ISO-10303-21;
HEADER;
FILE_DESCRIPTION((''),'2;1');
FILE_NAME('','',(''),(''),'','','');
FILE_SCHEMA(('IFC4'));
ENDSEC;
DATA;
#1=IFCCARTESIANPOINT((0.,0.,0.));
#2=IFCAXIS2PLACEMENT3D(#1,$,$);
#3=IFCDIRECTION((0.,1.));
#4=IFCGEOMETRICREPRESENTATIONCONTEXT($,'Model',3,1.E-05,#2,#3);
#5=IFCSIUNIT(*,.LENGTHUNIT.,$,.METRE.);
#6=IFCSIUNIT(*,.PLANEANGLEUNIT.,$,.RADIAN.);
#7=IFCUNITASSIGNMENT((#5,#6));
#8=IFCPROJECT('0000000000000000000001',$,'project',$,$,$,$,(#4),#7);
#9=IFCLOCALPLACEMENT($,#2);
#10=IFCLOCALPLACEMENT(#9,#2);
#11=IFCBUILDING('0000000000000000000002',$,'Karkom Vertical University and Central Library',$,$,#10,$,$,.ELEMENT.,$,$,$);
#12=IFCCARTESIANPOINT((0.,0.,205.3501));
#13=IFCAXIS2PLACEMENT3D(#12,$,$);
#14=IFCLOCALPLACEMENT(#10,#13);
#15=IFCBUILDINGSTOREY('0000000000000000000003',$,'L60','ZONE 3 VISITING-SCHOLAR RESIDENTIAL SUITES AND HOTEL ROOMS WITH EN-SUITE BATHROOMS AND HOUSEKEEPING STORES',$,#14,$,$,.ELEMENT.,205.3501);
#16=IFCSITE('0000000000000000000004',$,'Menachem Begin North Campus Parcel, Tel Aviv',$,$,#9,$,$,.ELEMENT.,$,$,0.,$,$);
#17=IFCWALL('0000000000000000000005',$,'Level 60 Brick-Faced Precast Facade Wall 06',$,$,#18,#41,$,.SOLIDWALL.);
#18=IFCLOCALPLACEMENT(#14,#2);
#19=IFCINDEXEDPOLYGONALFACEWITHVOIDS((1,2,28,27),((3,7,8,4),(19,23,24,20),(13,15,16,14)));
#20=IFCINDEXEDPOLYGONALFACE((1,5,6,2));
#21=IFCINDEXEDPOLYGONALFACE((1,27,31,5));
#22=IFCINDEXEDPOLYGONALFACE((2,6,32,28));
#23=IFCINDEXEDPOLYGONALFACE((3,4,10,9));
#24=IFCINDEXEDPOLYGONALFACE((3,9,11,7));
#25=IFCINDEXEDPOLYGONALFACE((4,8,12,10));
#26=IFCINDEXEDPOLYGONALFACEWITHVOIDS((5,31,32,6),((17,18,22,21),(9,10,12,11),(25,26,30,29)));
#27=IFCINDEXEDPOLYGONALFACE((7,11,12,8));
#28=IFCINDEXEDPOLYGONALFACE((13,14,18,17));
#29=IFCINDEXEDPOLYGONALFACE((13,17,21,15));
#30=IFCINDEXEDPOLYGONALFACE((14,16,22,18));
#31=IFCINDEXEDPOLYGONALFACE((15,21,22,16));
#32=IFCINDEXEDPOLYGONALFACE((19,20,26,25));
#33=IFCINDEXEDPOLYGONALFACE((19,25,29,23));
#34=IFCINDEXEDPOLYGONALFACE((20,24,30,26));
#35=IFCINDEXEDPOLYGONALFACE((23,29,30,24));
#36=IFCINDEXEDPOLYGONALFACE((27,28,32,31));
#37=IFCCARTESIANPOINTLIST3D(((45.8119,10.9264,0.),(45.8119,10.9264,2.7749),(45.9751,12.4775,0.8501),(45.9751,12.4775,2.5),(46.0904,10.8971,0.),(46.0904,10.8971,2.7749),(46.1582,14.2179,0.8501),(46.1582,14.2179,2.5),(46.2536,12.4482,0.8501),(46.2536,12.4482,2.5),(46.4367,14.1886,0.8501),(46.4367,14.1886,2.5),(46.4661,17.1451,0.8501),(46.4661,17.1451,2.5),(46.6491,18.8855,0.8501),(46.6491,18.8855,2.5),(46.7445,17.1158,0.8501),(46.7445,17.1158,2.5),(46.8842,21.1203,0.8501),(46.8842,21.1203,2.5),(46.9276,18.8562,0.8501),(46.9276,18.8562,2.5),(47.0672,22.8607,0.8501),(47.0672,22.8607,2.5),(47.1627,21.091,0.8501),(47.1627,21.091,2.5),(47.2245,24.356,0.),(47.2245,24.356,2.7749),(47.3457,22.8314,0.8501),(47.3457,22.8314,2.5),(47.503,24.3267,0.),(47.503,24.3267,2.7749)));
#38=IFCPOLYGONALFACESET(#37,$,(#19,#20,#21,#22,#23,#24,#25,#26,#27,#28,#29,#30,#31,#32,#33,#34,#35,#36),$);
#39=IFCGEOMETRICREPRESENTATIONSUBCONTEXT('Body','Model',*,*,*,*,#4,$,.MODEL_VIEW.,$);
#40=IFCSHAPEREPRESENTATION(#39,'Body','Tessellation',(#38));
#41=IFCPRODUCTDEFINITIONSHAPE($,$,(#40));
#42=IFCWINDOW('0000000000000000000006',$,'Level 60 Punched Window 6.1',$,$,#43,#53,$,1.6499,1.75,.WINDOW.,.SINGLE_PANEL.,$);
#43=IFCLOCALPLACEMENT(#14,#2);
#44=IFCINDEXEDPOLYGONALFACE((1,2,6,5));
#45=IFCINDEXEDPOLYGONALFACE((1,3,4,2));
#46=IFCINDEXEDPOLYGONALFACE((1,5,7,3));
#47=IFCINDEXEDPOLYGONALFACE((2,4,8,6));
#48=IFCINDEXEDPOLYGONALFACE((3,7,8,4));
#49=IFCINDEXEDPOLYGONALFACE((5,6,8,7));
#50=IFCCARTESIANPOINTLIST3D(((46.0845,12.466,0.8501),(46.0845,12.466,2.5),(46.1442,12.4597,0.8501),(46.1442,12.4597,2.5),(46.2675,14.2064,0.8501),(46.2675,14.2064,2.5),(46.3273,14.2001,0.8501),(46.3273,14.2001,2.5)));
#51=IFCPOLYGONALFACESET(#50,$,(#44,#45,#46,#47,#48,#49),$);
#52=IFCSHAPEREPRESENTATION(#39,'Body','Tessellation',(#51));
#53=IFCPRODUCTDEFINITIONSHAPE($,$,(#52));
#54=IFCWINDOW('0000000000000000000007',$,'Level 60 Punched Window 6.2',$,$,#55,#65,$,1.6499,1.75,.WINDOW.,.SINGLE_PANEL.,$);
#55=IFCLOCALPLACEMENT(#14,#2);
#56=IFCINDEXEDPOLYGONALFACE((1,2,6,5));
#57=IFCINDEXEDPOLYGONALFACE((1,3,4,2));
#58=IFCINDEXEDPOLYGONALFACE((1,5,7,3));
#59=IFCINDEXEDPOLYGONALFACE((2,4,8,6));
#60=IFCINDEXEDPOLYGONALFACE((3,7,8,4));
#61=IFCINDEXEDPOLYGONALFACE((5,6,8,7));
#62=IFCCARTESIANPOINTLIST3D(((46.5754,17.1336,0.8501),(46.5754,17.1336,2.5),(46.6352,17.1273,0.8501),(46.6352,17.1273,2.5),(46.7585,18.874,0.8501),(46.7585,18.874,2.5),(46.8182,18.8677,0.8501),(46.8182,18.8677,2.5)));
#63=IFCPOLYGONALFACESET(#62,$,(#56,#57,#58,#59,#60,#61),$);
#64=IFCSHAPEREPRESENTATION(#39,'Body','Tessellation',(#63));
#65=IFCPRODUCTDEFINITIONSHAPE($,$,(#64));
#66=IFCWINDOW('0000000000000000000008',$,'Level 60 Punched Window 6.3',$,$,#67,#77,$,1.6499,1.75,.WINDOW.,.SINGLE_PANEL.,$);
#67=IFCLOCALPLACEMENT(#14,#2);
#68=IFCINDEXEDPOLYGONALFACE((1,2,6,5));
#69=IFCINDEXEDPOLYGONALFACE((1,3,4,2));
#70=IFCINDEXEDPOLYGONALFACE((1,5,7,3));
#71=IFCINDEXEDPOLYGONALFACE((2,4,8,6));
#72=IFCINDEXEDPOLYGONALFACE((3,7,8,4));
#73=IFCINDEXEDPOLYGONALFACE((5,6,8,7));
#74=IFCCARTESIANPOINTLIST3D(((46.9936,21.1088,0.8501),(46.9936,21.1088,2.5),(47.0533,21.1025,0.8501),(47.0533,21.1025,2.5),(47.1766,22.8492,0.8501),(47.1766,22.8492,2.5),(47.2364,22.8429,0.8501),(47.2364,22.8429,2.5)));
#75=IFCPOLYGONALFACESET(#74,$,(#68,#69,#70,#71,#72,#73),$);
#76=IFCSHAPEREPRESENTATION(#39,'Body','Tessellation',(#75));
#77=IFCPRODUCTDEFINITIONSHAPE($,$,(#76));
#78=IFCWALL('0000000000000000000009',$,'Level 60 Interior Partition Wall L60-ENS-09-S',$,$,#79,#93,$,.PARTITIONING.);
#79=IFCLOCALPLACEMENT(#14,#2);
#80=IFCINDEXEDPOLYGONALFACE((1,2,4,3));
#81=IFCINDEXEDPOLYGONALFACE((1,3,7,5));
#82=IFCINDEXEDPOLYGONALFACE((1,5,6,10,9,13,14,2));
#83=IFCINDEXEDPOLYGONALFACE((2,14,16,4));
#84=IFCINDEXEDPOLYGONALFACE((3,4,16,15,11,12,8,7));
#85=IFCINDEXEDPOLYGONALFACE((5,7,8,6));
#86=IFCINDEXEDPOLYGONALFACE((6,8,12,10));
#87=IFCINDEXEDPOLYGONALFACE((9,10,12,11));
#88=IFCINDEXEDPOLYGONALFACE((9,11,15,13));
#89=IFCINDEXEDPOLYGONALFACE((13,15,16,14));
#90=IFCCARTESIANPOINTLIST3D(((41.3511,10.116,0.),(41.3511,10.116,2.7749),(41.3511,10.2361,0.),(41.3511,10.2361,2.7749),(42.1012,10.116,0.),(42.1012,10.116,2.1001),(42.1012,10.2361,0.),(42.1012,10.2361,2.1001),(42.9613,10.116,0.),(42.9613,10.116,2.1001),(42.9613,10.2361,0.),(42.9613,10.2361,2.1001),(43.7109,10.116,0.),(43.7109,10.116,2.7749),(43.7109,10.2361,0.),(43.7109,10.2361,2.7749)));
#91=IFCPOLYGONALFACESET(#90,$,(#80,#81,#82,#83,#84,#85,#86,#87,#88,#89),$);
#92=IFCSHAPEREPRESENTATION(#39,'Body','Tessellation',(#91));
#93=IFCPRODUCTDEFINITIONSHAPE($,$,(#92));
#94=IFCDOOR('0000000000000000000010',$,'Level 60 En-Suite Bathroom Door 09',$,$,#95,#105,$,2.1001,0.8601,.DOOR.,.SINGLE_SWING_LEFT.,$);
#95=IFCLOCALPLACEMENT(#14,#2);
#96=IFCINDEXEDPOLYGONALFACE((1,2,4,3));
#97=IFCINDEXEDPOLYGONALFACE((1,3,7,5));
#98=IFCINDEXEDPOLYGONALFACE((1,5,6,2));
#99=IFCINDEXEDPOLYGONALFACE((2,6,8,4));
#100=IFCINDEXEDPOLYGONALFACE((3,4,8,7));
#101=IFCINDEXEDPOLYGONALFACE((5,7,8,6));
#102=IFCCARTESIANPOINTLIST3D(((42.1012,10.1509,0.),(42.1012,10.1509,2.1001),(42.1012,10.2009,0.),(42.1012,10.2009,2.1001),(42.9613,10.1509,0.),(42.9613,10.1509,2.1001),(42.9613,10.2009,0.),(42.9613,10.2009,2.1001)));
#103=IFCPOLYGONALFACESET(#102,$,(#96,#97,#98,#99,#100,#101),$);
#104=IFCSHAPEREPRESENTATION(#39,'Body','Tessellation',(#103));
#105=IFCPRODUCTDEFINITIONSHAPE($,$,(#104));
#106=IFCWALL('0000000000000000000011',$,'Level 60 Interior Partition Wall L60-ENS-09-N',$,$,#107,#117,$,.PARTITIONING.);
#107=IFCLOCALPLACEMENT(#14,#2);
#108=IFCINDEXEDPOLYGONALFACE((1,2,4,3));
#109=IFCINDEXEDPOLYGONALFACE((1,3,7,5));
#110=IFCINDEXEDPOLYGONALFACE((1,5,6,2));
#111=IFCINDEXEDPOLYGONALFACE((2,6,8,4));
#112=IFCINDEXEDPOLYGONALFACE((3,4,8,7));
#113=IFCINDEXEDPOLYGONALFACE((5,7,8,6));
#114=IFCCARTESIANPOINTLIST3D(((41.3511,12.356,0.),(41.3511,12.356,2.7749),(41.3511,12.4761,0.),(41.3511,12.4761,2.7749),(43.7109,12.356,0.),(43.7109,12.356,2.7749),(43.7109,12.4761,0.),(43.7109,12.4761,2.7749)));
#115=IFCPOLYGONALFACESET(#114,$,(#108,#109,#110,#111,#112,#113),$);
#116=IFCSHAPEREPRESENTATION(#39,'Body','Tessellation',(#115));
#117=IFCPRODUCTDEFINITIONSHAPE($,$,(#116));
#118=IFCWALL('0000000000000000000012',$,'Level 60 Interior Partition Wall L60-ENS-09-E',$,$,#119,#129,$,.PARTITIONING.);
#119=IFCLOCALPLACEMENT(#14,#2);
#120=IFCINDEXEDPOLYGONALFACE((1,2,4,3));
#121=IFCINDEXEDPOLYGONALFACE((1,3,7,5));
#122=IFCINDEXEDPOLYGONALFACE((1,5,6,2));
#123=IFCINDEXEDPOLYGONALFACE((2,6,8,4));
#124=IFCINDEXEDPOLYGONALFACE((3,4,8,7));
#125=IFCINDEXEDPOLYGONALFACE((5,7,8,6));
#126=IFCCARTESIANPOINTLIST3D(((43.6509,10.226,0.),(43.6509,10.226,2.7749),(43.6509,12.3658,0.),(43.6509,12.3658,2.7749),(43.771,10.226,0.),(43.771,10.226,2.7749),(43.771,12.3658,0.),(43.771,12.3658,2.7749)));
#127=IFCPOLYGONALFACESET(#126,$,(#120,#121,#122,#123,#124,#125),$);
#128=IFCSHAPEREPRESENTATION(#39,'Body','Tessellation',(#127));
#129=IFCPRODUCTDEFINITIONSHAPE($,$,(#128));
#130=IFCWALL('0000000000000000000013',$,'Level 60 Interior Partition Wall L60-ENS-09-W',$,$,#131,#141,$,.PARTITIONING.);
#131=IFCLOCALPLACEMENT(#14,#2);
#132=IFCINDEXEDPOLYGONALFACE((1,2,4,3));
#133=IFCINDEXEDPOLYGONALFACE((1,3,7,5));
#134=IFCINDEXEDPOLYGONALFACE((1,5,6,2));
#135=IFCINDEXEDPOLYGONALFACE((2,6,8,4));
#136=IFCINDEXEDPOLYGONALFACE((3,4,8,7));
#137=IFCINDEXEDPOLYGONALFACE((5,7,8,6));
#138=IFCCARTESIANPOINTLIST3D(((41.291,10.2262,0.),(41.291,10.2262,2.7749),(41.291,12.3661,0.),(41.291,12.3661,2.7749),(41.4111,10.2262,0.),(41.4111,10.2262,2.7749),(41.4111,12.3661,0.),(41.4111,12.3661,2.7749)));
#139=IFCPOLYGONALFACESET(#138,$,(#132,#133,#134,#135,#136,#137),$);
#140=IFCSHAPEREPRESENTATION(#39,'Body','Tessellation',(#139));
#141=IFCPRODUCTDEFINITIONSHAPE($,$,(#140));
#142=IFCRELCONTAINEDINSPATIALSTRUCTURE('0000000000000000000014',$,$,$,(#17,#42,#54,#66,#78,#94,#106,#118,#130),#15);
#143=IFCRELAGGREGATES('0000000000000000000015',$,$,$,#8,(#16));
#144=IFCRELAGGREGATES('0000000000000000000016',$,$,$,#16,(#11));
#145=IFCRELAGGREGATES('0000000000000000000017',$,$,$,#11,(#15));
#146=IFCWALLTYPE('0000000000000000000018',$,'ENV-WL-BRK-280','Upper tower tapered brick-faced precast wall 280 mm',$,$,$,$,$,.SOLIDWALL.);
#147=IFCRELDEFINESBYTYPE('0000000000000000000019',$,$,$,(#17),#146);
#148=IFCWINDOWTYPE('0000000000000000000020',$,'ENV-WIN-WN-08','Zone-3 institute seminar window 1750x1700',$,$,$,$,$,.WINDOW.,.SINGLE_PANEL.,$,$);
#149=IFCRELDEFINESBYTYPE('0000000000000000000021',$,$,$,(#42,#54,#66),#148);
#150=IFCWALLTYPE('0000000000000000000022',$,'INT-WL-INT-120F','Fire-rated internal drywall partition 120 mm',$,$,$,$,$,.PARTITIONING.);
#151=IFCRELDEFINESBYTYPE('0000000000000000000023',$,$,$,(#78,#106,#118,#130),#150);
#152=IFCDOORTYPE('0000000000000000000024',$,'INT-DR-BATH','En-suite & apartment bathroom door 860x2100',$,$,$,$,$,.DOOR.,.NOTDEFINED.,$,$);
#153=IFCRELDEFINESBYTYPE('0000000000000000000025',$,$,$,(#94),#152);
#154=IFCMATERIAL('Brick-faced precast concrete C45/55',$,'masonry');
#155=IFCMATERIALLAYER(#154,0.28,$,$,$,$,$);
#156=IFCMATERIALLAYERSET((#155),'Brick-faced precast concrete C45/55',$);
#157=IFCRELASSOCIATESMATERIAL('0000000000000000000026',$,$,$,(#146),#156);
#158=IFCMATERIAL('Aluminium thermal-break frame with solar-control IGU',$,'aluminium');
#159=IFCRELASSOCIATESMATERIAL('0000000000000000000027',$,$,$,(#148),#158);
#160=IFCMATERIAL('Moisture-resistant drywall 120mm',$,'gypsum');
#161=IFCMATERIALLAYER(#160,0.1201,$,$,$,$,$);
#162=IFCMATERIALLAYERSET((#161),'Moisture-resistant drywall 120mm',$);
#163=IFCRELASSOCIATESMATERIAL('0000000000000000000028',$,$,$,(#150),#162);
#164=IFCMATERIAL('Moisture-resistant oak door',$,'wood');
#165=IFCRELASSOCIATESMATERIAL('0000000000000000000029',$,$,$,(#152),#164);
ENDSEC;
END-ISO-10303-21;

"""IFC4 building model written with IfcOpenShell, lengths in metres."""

from ifc_helpers import new_model, si_unit, direction, frame, frame_2d, origin, origin_with_axes, place, context, subcontext, project, spatial, rectangle, extrude, source, transform, mapped, material, layer, layer_set, type_object, element, fill, save


model = new_model("IFC4")

# Units and contexts
model_context = context("Model", 3, precision=1e-05, world=origin(), true_north=direction((0.0, 1.0)))
body_context = subcontext(model_context, "Body", "Model", "MODEL_VIEW")
ifc_project = project(units=[si_unit("LENGTHUNIT", "METRE"), si_unit("PLANEANGLEUNIT", "RADIAN")], contexts=[model_context])

# Site, building, storey
site_placement = place(None, origin())
site = spatial("IfcSite", under=ifc_project, at=site_placement, Name="Menachem Begin North Campus Parcel, Tel Aviv", CompositionType="ELEMENT", RefElevation=0.0)
building_placement = place(site_placement, origin())
building = spatial("IfcBuilding", under=site, at=building_placement, Name="Karkom Vertical University and Central Library", CompositionType="ELEMENT")
storey_placement = place(building_placement, frame((0.0, 0.0, 205.3501)))
storey = spatial("IfcBuildingStorey", under=building, at=storey_placement, Name="L60", Description="ZONE 3 VISITING-SCHOLAR RESIDENTIAL SUITES AND HOTEL ROOMS WITH EN-SUITE BATHROOMS AND HOUSEKEEPING STORES", CompositionType="ELEMENT", Elevation=205.3501)

# Wall, openings, windows
ifc_material_1 = material(Name="Brick-faced precast concrete C45/55", Category="masonry")
ifc_layer_1 = layer(ifc_material_1, 0.28)
ifc_layer_set_1 = layer_set([ifc_layer_1], Name="Brick-faced precast concrete C45/55")
wall_type_1 = type_object("IfcWallType", Name="ENV-WL-BRK-280", Description="Upper tower tapered brick-faced precast wall 280 mm", PredefinedType="SOLIDWALL", material=ifc_layer_set_1)
ifc_material_2 = material(Name="Aluminium thermal-break frame with solar-control IGU", Category="aluminium")
window_type = type_object("IfcWindowType", Name="ENV-WIN-WN-08", Description="Zone-3 institute seminar window 1750x1700", PartitioningType="SINGLE_PANEL", PredefinedType="WINDOW", material=ifc_material_2)
shared_shape_1 = source(origin_with_axes(), body_context, "Body", "SweptSolid", [
    extrude(rectangle(XDim=1.75, YDim=1.6499, at=frame_2d((0.875, 0.825))), frame((0.0, 0.03, 0.0), z_axis=(0.0, -1.0, 0.0), x_axis=(1.0, 0.0, 0.0)), (0.0, 0.0, 1.0), 0.0601),
])
wall_1_placement = place(storey_placement, frame((45.9512, 10.9116, 0.0), z_axis=(0.0, 0.0, 1.0), x_axis=(0.104608, 0.994514, 0.0)))
wall_1 = element("IfcWall", 1, at=wall_1_placement, inside=storey, type_object=wall_type_1, Name="Level 60 Brick-Faced Precast Facade Wall 06", PredefinedType="SOLIDWALL", context=body_context, shape_type="SweptSolid", body=[
    extrude(rectangle(XDim=13.5037, YDim=0.28, at=frame_2d((6.752, 0.0))), origin(), (0.0, 0.0, 1.0), 2.7749),
])
opening_1_placement = place(wall_1_placement, frame((1.5598, 0.0, 0.8501)))
opening_1 = element("IfcOpeningElement", 2, at=opening_1_placement, cuts=wall_1, PredefinedType="OPENING", context=body_context, shape_type="SweptSolid", body=[
    extrude(rectangle(XDim=1.75, YDim=1.6499, at=frame_2d((0.875, 0.825))), frame((0.0, 0.1499, 0.0), z_axis=(0.0, -1.0, 0.0), x_axis=(1.0, 0.0, 0.0)), (0.0, 0.0, 1.0), 0.3),
])
opening_2_placement = place(wall_1_placement, frame((6.2532, 0.0, 0.8501)))
opening_2 = element("IfcOpeningElement", 3, at=opening_2_placement, cuts=wall_1, PredefinedType="OPENING", context=body_context, shape_type="SweptSolid", body=[
    extrude(rectangle(XDim=1.75, YDim=1.6499, at=frame_2d((0.875, 0.825))), frame((0.0, 0.1499, 0.0), z_axis=(0.0, -1.0, 0.0), x_axis=(1.0, 0.0, 0.0)), (0.0, 0.0, 1.0), 0.3),
])
opening_3_placement = place(wall_1_placement, frame((10.2502, 0.0, 0.8501)))
opening_3 = element("IfcOpeningElement", 4, at=opening_3_placement, cuts=wall_1, PredefinedType="OPENING", context=body_context, shape_type="SweptSolid", body=[
    extrude(rectangle(XDim=1.75, YDim=1.6499, at=frame_2d((0.875, 0.825))), frame((0.0, 0.1499, 0.0), z_axis=(0.0, -1.0, 0.0), x_axis=(1.0, 0.0, 0.0)), (0.0, 0.0, 1.0), 0.3),
])
window_1_placement = place(opening_1_placement, origin())
window_1 = element("IfcWindow", 5, at=window_1_placement, inside=storey, type_object=window_type, Name="Level 60 Punched Window 6.1", OverallHeight=1.6499, OverallWidth=1.75, PartitioningType="SINGLE_PANEL", PredefinedType="WINDOW", context=body_context, shape_type="MappedRepresentation", body=[
    mapped(shared_shape_1, transform((0.0, 0.0, 0.0), scale=1.0)),
])
fill(opening_1, window_1)
window_2_placement = place(opening_2_placement, origin())
window_2 = element("IfcWindow", 6, at=window_2_placement, inside=storey, type_object=window_type, Name="Level 60 Punched Window 6.2", OverallHeight=1.6499, OverallWidth=1.75, PartitioningType="SINGLE_PANEL", PredefinedType="WINDOW", context=body_context, shape_type="MappedRepresentation", body=[
    mapped(shared_shape_1, transform((0.0, 0.0, 0.0), scale=1.0)),
])
fill(opening_2, window_2)
window_3_placement = place(opening_3_placement, origin())
window_3 = element("IfcWindow", 7, at=window_3_placement, inside=storey, type_object=window_type, Name="Level 60 Punched Window 6.3", OverallHeight=1.6499, OverallWidth=1.75, PartitioningType="SINGLE_PANEL", PredefinedType="WINDOW", context=body_context, shape_type="MappedRepresentation", body=[
    mapped(shared_shape_1, transform((0.0, 0.0, 0.0), scale=1.0)),
])
fill(opening_3, window_3)

# Wall, opening, door
ifc_material_3 = material(Name="Moisture-resistant drywall 120mm", Category="gypsum")
ifc_layer_2 = layer(ifc_material_3, 0.1201)
ifc_layer_set_2 = layer_set([ifc_layer_2], Name="Moisture-resistant drywall 120mm")
wall_type_2 = type_object("IfcWallType", Name="INT-WL-INT-120F", Description="Fire-rated internal drywall partition 120 mm", PredefinedType="PARTITIONING", material=ifc_layer_set_2)
wall_2_placement = place(storey_placement, frame((41.3511, 10.176, 0.0), z_axis=(0.0, 0.0, 1.0), x_axis=(1.0, 0.0, 0.0)))
wall_2 = element("IfcWall", 8, at=wall_2_placement, inside=storey, type_object=wall_type_2, Name="Level 60 Interior Partition Wall L60-ENS-09-S", PredefinedType="PARTITIONING", context=body_context, shape_type="SweptSolid", body=[
    extrude(rectangle(XDim=2.3599, YDim=0.1201, at=frame_2d((1.1799, 0.0))), origin(), (0.0, 0.0, 1.0), 2.7749),
])
opening_4_placement = place(wall_2_placement, frame((0.75, 0.0, 0.0)))
opening_4 = element("IfcOpeningElement", 9, at=opening_4_placement, cuts=wall_2, PredefinedType="OPENING", context=body_context, shape_type="SweptSolid", body=[
    extrude(rectangle(XDim=0.8601, YDim=2.1001, at=frame_2d((0.4302, 1.05))), frame((0.0, 0.0701, 0.0), z_axis=(0.0, -1.0, 0.0), x_axis=(1.0, 0.0, 0.0)), (0.0, 0.0, 1.0), 0.1401),
])
ifc_material_4 = material(Name="Moisture-resistant oak door", Category="wood")
door_type_1 = type_object("IfcDoorType", Name="INT-DR-BATH", Description="En-suite & apartment bathroom door 860x2100", OperationType="NOTDEFINED", PredefinedType="DOOR", material=ifc_material_4)
shared_shape_2 = source(origin_with_axes(), body_context, "Body", "SweptSolid", [
    extrude(rectangle(XDim=0.8601, YDim=2.1001, at=frame_2d((0.4302, 1.05))), frame((0.0, 0.0249, 0.0), z_axis=(0.0, -1.0, 0.0), x_axis=(1.0, 0.0, 0.0)), (0.0, 0.0, 1.0), 0.05),
])
door_1_placement = place(opening_4_placement, origin())
door_1 = element("IfcDoor", 10, at=door_1_placement, inside=storey, type_object=door_type_1, Name="Level 60 En-Suite Bathroom Door 09", OperationType="SINGLE_SWING_LEFT", OverallHeight=2.1001, OverallWidth=0.8601, PredefinedType="DOOR", context=body_context, shape_type="MappedRepresentation", body=[
    mapped(shared_shape_2, transform((0.0, 0.0, 0.0), scale=1.0)),
])
fill(opening_4, door_1)

# Walls
wall_3_placement = place(storey_placement, frame((43.7109, 12.416, 0.0), z_axis=(0.0, 0.0, 1.0), x_axis=(-1.0, 0.0, 0.0)))
element("IfcWall", 11, at=wall_3_placement, inside=storey, type_object=wall_type_2, Name="Level 60 Interior Partition Wall L60-ENS-09-N", PredefinedType="PARTITIONING", context=body_context, shape_type="SweptSolid", body=[
    extrude(rectangle(XDim=2.3599, YDim=0.1201, at=frame_2d((1.1799, 0.0))), origin(), (0.0, 0.0, 1.0), 2.7749),
])
for number, where, z_axis, x_axis, name in (
    (12, (43.7109, 10.2261, 0.0), (0.0, 0.0, 1.0), (0.0, 1.0, 0.0), "Level 60 Interior Partition Wall L60-ENS-09-E"),
    (13, (41.3511, 12.366, 0.0), (0.0, 0.0, 1.0), (0.0, -1.0, 0.0), "Level 60 Interior Partition Wall L60-ENS-09-W"),
):
    element("IfcWall", number, at=place(storey_placement, frame(where, z_axis=z_axis, x_axis=x_axis)), inside=storey, type_object=wall_type_2, Name=name, PredefinedType="PARTITIONING", context=body_context, shape_type="SweptSolid", body=[
        extrude(rectangle(XDim=2.1399, YDim=0.1201, at=frame_2d((1.0698, 0.0))), origin(), (0.0, 0.0, 1.0), 2.7749),
    ])

save(model, "model.ifc")
